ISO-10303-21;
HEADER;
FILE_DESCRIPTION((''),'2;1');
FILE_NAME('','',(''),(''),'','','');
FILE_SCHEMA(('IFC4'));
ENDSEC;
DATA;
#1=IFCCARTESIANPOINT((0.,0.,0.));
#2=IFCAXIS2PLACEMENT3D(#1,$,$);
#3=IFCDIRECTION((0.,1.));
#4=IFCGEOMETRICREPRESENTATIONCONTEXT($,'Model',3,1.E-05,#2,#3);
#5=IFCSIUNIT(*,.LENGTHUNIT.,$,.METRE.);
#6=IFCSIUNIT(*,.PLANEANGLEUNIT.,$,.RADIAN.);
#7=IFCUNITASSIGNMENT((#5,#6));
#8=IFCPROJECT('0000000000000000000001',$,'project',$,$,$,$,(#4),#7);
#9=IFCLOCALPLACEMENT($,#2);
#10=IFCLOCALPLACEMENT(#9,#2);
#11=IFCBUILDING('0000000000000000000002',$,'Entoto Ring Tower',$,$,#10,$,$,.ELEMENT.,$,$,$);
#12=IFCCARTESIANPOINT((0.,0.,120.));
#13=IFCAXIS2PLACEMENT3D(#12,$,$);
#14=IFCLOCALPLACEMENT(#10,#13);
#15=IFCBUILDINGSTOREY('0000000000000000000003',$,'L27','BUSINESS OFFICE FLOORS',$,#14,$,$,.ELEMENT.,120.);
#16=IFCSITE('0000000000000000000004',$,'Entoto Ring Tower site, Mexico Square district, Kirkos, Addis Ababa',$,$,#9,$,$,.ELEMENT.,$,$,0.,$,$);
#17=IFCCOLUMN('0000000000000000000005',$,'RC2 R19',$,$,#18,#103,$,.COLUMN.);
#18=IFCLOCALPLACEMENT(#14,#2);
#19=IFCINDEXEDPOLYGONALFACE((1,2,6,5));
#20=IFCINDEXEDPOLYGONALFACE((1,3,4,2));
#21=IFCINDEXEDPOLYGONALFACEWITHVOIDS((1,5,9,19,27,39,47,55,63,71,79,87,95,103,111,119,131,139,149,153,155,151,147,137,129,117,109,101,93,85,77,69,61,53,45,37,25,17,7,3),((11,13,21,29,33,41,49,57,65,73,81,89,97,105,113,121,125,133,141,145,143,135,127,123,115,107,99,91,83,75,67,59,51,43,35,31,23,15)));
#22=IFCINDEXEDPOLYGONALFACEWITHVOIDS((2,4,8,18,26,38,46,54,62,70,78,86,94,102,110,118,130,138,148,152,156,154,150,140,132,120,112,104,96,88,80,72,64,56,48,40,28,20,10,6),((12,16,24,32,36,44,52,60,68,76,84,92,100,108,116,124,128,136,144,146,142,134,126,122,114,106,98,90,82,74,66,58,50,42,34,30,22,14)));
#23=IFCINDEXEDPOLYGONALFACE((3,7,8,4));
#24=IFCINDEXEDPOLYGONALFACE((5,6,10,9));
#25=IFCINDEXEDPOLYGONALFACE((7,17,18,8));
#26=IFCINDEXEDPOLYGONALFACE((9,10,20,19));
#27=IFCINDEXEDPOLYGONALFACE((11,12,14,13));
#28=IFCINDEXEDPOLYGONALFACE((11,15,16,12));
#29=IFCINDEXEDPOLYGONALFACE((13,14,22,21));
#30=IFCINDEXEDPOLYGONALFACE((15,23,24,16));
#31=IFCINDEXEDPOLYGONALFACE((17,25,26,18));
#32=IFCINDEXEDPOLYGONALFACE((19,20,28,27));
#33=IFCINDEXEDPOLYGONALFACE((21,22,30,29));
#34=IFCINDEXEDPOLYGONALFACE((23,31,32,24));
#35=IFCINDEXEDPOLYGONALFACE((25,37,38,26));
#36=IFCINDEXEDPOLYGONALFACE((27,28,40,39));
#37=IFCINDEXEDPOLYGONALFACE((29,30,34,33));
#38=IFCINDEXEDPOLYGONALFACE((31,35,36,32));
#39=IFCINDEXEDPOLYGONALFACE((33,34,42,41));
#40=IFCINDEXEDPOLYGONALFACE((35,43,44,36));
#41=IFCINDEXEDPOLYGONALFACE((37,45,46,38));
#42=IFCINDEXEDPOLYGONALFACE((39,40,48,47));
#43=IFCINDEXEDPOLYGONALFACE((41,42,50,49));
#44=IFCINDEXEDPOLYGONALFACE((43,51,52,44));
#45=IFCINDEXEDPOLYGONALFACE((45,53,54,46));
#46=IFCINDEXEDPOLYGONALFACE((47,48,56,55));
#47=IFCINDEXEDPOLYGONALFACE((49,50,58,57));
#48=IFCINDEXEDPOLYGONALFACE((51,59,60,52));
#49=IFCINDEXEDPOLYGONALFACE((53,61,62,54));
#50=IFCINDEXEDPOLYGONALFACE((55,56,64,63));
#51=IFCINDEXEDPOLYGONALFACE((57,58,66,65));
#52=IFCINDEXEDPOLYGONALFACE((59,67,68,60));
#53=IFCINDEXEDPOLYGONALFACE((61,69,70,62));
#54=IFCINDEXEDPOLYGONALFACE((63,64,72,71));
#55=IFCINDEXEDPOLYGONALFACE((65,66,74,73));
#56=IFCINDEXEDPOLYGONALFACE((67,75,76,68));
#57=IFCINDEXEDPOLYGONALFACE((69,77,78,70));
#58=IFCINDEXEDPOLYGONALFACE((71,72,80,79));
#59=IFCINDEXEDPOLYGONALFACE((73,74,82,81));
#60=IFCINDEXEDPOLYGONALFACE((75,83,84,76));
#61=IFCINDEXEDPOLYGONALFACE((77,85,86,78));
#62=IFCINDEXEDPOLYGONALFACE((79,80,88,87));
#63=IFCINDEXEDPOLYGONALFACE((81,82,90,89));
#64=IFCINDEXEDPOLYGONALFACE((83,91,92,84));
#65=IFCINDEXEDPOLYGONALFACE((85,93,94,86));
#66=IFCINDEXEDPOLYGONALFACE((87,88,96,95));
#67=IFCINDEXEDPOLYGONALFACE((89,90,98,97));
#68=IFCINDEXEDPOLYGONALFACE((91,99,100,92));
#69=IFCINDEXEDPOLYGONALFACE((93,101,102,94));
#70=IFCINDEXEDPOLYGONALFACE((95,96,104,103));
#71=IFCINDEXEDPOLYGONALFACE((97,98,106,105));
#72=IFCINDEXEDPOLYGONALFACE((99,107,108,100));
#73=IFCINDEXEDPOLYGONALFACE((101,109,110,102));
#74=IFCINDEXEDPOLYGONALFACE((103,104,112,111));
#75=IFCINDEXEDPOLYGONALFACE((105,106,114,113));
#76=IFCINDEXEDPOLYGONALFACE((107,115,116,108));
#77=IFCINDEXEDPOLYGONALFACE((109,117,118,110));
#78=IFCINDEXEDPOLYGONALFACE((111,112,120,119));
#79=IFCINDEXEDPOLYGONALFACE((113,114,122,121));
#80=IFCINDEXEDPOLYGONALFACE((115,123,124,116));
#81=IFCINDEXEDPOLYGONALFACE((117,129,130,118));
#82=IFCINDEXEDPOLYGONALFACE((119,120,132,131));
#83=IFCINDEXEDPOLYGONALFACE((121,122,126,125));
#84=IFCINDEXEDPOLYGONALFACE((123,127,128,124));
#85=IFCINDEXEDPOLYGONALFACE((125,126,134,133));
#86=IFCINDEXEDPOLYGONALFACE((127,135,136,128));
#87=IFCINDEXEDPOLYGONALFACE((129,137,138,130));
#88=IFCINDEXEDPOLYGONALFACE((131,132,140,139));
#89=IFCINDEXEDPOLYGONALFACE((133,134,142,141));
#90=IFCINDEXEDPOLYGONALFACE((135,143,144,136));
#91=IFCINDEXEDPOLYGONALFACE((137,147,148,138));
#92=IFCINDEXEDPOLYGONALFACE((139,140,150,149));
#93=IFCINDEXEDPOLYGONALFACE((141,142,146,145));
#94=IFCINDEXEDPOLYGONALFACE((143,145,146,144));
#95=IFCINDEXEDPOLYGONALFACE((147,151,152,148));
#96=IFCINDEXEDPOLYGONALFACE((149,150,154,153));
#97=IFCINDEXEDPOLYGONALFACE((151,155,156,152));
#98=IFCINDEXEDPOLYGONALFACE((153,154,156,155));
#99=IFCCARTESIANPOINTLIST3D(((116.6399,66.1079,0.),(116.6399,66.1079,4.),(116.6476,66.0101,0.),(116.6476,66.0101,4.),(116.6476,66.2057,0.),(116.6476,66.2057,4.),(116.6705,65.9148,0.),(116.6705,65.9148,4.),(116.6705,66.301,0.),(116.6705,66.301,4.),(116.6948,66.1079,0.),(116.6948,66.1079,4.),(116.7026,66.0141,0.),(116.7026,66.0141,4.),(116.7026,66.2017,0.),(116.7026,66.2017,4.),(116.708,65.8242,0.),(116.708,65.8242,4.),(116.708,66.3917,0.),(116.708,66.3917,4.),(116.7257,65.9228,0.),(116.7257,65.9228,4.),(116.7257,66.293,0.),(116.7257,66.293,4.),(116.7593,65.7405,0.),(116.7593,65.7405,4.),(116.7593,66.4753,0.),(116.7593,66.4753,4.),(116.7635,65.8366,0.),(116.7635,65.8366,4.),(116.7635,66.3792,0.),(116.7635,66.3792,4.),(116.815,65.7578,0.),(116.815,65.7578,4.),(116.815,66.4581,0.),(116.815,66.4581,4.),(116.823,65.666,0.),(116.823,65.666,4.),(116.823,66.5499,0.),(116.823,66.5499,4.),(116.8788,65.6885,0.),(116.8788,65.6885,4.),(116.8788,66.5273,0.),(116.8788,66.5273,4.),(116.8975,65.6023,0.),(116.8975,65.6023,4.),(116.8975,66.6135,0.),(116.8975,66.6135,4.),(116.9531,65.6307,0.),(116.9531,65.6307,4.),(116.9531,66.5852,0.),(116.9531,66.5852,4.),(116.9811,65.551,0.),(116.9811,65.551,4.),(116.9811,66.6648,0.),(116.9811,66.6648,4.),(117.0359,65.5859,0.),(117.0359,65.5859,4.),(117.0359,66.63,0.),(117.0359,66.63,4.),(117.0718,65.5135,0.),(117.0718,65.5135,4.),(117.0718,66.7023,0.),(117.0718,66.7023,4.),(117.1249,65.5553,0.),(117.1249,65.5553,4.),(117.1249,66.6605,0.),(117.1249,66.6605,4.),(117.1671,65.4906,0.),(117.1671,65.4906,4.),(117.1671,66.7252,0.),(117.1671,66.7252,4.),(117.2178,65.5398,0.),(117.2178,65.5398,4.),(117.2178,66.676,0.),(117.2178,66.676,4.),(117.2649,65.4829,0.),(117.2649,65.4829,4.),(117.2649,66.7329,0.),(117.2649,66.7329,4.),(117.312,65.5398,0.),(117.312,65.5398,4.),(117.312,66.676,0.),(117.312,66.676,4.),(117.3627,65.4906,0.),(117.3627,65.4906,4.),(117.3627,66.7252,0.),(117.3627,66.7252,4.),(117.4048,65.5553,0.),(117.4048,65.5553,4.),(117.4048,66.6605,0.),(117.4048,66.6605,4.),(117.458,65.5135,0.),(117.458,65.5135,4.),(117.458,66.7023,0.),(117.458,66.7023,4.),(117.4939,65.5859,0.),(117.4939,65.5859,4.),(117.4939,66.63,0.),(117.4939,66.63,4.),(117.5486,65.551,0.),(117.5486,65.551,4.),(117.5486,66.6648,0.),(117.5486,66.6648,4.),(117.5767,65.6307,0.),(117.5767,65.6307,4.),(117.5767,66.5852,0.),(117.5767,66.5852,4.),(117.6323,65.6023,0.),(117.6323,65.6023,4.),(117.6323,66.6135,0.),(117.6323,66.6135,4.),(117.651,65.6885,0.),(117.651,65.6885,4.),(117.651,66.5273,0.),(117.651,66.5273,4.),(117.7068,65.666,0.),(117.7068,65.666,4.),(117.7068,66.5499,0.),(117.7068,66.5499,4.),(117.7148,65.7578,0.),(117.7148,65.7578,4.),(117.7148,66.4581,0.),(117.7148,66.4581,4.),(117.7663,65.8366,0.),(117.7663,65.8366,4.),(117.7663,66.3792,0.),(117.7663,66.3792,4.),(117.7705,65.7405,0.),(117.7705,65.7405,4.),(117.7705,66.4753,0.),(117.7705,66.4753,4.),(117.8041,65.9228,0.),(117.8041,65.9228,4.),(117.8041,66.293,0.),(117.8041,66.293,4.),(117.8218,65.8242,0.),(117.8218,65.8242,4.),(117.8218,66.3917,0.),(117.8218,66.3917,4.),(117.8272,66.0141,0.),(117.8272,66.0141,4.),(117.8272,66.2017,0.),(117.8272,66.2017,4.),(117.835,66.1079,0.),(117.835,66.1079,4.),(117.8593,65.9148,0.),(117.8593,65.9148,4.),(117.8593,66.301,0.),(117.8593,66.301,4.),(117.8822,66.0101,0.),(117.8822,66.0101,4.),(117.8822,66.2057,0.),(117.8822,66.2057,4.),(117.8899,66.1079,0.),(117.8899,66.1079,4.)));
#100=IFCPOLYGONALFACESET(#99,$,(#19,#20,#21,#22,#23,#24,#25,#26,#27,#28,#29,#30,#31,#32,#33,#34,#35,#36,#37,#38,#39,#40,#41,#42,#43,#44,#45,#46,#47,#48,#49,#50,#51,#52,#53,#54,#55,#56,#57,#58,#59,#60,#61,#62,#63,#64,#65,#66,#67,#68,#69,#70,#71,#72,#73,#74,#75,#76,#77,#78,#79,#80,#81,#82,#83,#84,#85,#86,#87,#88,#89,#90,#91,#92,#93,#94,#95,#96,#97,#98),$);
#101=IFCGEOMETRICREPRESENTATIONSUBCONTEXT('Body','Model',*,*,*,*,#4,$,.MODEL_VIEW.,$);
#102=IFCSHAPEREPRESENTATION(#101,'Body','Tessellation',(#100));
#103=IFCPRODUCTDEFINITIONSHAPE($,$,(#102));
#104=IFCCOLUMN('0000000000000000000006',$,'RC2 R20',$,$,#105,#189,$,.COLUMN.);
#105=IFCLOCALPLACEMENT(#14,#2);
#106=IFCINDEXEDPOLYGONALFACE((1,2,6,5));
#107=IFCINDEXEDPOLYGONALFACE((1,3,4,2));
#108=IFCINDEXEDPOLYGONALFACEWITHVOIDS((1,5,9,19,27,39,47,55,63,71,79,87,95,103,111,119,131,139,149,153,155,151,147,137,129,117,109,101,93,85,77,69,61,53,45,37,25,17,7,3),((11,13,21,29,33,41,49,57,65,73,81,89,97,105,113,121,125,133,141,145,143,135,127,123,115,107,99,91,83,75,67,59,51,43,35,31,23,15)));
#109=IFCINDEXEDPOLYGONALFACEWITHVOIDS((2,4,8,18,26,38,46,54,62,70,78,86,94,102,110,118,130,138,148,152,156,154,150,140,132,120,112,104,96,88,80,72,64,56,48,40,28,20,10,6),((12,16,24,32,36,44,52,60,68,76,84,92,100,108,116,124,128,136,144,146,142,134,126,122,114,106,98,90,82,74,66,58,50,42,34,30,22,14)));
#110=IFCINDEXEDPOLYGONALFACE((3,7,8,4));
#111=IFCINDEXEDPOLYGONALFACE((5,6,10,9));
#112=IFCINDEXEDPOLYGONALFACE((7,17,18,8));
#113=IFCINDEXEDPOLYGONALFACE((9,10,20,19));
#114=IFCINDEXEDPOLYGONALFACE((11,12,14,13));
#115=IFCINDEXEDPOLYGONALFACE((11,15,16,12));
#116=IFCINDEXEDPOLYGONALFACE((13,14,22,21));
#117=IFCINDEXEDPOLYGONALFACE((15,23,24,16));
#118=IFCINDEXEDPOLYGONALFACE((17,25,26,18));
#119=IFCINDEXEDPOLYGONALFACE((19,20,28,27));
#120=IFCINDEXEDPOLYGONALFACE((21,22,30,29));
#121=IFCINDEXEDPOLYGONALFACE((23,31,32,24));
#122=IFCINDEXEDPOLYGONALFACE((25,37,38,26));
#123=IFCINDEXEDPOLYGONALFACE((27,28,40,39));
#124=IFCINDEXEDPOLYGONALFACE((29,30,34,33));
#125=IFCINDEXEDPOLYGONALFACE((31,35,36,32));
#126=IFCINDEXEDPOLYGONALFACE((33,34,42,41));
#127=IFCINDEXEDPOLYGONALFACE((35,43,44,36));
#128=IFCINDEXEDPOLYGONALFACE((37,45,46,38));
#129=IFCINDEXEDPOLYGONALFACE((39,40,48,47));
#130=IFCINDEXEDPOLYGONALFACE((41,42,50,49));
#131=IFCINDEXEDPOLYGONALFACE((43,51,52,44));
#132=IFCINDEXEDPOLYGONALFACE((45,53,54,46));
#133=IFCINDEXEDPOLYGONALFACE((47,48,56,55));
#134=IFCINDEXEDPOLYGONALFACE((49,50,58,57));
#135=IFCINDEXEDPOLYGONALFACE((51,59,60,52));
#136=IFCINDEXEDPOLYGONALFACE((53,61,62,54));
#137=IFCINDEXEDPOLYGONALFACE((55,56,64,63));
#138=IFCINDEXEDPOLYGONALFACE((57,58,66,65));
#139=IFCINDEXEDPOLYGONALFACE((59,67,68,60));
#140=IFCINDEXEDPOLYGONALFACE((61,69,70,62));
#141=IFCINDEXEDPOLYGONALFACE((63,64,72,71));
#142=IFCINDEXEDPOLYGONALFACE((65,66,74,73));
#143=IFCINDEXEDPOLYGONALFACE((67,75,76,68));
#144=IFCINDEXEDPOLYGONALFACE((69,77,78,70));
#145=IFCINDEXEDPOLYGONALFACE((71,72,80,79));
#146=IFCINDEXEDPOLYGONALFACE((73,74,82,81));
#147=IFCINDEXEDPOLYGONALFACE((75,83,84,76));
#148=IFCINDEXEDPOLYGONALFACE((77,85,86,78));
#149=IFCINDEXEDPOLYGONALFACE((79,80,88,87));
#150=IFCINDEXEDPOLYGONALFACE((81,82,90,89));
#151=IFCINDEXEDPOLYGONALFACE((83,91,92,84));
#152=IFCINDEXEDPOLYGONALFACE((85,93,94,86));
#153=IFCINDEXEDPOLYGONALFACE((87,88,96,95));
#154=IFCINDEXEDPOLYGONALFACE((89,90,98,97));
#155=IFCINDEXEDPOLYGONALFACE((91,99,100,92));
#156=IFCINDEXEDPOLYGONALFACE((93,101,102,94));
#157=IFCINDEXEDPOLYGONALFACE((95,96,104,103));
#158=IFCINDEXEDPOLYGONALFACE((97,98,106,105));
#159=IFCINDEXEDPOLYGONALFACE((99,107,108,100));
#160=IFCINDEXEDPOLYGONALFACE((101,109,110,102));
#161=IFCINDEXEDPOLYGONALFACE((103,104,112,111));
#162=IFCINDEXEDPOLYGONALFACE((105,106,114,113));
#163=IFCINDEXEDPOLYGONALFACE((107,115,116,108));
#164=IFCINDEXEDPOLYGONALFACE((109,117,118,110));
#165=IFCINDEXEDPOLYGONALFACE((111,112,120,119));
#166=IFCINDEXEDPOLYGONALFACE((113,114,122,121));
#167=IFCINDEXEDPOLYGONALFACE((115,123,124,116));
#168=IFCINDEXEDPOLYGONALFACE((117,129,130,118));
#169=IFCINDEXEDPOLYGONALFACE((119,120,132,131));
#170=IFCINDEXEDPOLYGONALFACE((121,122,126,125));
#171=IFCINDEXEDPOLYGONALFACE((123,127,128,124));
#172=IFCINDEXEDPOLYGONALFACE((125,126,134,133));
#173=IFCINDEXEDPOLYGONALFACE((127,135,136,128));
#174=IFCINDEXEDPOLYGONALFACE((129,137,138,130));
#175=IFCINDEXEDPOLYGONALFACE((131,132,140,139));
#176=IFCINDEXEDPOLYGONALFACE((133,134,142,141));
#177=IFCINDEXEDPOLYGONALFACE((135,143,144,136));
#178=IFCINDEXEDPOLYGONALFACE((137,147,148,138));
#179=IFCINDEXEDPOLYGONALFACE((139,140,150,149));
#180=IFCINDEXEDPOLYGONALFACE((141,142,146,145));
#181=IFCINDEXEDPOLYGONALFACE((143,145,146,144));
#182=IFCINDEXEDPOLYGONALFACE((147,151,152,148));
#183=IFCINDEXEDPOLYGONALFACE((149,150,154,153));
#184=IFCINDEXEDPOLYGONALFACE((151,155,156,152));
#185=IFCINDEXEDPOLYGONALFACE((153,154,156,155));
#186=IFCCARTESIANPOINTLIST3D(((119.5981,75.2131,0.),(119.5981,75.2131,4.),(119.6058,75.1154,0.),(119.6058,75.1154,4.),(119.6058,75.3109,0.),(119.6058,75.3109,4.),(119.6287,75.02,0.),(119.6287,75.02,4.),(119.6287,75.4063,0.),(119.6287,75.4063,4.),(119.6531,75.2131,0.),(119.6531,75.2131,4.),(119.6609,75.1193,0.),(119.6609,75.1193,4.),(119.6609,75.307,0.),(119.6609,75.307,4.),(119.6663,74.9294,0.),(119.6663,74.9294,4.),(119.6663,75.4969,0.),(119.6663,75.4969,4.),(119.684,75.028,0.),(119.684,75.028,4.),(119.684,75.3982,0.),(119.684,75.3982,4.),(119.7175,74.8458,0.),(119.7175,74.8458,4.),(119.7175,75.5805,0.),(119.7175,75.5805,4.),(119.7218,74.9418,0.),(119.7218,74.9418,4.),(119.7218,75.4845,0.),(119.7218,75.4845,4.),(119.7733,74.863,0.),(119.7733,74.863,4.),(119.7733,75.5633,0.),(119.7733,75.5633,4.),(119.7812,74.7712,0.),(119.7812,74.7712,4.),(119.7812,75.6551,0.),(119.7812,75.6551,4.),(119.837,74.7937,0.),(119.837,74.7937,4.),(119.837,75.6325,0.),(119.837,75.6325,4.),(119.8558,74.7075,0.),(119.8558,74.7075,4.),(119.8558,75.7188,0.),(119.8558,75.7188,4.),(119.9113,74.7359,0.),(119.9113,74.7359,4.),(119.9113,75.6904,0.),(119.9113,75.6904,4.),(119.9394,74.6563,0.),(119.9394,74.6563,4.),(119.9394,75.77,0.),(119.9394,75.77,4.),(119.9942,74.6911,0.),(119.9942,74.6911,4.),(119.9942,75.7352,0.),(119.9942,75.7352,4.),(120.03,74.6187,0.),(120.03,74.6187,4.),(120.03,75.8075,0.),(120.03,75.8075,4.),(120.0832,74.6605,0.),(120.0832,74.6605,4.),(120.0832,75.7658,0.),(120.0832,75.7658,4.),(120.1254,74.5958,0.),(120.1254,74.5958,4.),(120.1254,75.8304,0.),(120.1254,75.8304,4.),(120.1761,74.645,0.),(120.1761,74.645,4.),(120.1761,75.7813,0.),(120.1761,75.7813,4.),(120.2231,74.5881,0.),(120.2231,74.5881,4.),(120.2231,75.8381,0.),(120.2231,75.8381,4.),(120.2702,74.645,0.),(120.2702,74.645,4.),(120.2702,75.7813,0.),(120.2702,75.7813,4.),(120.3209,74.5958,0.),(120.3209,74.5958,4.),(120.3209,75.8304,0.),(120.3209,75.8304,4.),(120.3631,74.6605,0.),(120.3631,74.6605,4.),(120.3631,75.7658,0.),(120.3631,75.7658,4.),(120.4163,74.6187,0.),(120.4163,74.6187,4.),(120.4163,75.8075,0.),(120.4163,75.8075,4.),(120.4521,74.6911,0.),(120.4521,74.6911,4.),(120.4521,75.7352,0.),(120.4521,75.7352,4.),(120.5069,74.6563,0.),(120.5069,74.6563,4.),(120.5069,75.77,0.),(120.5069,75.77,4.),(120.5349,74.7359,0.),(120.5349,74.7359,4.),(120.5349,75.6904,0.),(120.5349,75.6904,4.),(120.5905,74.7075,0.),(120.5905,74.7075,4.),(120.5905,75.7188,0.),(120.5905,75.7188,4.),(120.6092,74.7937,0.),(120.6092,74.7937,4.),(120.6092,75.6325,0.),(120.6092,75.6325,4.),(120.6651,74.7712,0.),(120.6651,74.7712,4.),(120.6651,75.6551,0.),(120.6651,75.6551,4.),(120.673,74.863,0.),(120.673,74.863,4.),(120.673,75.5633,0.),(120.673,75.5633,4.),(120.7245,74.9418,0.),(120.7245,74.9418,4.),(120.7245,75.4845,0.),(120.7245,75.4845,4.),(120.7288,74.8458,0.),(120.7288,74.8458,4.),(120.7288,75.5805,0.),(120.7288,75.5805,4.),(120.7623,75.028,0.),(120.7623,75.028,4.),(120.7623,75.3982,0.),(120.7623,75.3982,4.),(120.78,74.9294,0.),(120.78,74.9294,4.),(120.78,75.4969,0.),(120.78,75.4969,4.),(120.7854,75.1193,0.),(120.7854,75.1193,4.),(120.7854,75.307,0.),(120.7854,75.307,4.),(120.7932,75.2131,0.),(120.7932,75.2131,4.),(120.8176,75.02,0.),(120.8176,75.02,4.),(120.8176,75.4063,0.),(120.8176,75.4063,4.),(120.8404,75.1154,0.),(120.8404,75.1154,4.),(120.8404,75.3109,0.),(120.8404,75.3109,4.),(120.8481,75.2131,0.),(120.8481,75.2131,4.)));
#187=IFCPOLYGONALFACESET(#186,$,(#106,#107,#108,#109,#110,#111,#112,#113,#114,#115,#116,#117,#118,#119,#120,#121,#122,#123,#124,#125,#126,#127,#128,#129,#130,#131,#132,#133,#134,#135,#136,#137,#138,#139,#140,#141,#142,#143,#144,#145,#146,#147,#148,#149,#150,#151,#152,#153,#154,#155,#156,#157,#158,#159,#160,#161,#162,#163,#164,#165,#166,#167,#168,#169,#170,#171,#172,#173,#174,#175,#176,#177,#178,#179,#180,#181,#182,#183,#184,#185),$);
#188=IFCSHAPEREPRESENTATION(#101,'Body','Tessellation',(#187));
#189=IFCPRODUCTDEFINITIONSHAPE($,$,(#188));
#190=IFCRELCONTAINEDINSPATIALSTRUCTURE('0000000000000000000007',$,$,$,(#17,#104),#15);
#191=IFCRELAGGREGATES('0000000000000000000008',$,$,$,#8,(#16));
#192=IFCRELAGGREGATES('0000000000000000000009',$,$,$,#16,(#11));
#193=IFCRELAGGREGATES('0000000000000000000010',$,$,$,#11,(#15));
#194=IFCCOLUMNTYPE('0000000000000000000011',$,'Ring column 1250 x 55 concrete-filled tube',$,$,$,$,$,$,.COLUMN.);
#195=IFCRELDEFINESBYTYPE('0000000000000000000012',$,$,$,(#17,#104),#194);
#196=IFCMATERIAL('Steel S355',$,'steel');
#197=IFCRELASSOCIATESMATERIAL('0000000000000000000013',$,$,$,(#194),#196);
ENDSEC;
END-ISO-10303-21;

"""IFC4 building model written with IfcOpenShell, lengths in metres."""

from ifc_helpers import new_model, si_unit, direction, frame, origin, origin_2d, place, context, subcontext, project, spatial, circle, hollow_circle, extrude, material, material_profile, profile_set, type_object, element, save


model = new_model("IFC4")

# Units and contexts
model_context = context("Model", 3, precision=1e-05, world=origin(), true_north=direction((0.0, 1.0)))
body_context = subcontext(model_context, "Body", "Model", "MODEL_VIEW")
ifc_project = project(units=[si_unit("LENGTHUNIT", "METRE"), si_unit("PLANEANGLEUNIT", "RADIAN")], contexts=[model_context])

# Site, building, storey
site_placement = place(None, origin())
site = spatial("IfcSite", under=ifc_project, at=site_placement, Name="Entoto Ring Tower site, Mexico Square district, Kirkos, Addis Ababa", CompositionType="ELEMENT", RefElevation=0.0)
building_placement = place(site_placement, origin())
building = spatial("IfcBuilding", under=site, at=building_placement, Name="Entoto Ring Tower", CompositionType="ELEMENT")
storey_placement = place(building_placement, frame((0.0, 0.0, 120.0)))
storey = spatial("IfcBuildingStorey", under=building, at=storey_placement, Name="L27", Description="BUSINESS OFFICE FLOORS", CompositionType="ELEMENT", Elevation=120.0)

# Columns
ifc_material_1 = material(Name="Steel S355", Category="steel")
ifc_material_profile_1 = material_profile(ifc_material_1, hollow_circle(Radius=0.625, WallThickness=0.0549, at=origin_2d()), Name="CHS 1250 x 55")
ifc_material_2 = material(Name="Concrete C60/75", Category="concrete")
ifc_material_profile_2 = material_profile(ifc_material_2, circle(Radius=0.5701, at=origin_2d()), Name="Concrete C60/75 infill")
ifc_profile_set_1 = profile_set([ifc_material_profile_1, ifc_material_profile_2], Name="Steel S355")
column_type = type_object("IfcColumnType", Name="Ring column 1250 x 55 concrete-filled tube", PredefinedType="COLUMN", material=ifc_profile_set_1)
for number, where, z_axis, x_axis, name in (
    (1, (117.2649, 66.1079, 0.0), (0.0, 0.0, 1.0), (1.0, 0.0, 0.0), "RC2 R19"),
    (2, (120.2231, 75.2131, 0.0), (0.0, 0.0, 1.0), (1.0, 0.0, 0.0), "RC2 R20"),
):
    element("IfcColumn", number, at=place(storey_placement, frame(where, z_axis=z_axis, x_axis=x_axis)), inside=storey, type_object=column_type, Name=name, PredefinedType="COLUMN", context=body_context, shape_type="SweptSolid", body=[
        extrude(hollow_circle(Radius=0.625, WallThickness=0.0549, at=origin_2d()), origin(), (0.0, 0.0, 1.0), 4.0),
    ])

save(model, "model.ifc")
